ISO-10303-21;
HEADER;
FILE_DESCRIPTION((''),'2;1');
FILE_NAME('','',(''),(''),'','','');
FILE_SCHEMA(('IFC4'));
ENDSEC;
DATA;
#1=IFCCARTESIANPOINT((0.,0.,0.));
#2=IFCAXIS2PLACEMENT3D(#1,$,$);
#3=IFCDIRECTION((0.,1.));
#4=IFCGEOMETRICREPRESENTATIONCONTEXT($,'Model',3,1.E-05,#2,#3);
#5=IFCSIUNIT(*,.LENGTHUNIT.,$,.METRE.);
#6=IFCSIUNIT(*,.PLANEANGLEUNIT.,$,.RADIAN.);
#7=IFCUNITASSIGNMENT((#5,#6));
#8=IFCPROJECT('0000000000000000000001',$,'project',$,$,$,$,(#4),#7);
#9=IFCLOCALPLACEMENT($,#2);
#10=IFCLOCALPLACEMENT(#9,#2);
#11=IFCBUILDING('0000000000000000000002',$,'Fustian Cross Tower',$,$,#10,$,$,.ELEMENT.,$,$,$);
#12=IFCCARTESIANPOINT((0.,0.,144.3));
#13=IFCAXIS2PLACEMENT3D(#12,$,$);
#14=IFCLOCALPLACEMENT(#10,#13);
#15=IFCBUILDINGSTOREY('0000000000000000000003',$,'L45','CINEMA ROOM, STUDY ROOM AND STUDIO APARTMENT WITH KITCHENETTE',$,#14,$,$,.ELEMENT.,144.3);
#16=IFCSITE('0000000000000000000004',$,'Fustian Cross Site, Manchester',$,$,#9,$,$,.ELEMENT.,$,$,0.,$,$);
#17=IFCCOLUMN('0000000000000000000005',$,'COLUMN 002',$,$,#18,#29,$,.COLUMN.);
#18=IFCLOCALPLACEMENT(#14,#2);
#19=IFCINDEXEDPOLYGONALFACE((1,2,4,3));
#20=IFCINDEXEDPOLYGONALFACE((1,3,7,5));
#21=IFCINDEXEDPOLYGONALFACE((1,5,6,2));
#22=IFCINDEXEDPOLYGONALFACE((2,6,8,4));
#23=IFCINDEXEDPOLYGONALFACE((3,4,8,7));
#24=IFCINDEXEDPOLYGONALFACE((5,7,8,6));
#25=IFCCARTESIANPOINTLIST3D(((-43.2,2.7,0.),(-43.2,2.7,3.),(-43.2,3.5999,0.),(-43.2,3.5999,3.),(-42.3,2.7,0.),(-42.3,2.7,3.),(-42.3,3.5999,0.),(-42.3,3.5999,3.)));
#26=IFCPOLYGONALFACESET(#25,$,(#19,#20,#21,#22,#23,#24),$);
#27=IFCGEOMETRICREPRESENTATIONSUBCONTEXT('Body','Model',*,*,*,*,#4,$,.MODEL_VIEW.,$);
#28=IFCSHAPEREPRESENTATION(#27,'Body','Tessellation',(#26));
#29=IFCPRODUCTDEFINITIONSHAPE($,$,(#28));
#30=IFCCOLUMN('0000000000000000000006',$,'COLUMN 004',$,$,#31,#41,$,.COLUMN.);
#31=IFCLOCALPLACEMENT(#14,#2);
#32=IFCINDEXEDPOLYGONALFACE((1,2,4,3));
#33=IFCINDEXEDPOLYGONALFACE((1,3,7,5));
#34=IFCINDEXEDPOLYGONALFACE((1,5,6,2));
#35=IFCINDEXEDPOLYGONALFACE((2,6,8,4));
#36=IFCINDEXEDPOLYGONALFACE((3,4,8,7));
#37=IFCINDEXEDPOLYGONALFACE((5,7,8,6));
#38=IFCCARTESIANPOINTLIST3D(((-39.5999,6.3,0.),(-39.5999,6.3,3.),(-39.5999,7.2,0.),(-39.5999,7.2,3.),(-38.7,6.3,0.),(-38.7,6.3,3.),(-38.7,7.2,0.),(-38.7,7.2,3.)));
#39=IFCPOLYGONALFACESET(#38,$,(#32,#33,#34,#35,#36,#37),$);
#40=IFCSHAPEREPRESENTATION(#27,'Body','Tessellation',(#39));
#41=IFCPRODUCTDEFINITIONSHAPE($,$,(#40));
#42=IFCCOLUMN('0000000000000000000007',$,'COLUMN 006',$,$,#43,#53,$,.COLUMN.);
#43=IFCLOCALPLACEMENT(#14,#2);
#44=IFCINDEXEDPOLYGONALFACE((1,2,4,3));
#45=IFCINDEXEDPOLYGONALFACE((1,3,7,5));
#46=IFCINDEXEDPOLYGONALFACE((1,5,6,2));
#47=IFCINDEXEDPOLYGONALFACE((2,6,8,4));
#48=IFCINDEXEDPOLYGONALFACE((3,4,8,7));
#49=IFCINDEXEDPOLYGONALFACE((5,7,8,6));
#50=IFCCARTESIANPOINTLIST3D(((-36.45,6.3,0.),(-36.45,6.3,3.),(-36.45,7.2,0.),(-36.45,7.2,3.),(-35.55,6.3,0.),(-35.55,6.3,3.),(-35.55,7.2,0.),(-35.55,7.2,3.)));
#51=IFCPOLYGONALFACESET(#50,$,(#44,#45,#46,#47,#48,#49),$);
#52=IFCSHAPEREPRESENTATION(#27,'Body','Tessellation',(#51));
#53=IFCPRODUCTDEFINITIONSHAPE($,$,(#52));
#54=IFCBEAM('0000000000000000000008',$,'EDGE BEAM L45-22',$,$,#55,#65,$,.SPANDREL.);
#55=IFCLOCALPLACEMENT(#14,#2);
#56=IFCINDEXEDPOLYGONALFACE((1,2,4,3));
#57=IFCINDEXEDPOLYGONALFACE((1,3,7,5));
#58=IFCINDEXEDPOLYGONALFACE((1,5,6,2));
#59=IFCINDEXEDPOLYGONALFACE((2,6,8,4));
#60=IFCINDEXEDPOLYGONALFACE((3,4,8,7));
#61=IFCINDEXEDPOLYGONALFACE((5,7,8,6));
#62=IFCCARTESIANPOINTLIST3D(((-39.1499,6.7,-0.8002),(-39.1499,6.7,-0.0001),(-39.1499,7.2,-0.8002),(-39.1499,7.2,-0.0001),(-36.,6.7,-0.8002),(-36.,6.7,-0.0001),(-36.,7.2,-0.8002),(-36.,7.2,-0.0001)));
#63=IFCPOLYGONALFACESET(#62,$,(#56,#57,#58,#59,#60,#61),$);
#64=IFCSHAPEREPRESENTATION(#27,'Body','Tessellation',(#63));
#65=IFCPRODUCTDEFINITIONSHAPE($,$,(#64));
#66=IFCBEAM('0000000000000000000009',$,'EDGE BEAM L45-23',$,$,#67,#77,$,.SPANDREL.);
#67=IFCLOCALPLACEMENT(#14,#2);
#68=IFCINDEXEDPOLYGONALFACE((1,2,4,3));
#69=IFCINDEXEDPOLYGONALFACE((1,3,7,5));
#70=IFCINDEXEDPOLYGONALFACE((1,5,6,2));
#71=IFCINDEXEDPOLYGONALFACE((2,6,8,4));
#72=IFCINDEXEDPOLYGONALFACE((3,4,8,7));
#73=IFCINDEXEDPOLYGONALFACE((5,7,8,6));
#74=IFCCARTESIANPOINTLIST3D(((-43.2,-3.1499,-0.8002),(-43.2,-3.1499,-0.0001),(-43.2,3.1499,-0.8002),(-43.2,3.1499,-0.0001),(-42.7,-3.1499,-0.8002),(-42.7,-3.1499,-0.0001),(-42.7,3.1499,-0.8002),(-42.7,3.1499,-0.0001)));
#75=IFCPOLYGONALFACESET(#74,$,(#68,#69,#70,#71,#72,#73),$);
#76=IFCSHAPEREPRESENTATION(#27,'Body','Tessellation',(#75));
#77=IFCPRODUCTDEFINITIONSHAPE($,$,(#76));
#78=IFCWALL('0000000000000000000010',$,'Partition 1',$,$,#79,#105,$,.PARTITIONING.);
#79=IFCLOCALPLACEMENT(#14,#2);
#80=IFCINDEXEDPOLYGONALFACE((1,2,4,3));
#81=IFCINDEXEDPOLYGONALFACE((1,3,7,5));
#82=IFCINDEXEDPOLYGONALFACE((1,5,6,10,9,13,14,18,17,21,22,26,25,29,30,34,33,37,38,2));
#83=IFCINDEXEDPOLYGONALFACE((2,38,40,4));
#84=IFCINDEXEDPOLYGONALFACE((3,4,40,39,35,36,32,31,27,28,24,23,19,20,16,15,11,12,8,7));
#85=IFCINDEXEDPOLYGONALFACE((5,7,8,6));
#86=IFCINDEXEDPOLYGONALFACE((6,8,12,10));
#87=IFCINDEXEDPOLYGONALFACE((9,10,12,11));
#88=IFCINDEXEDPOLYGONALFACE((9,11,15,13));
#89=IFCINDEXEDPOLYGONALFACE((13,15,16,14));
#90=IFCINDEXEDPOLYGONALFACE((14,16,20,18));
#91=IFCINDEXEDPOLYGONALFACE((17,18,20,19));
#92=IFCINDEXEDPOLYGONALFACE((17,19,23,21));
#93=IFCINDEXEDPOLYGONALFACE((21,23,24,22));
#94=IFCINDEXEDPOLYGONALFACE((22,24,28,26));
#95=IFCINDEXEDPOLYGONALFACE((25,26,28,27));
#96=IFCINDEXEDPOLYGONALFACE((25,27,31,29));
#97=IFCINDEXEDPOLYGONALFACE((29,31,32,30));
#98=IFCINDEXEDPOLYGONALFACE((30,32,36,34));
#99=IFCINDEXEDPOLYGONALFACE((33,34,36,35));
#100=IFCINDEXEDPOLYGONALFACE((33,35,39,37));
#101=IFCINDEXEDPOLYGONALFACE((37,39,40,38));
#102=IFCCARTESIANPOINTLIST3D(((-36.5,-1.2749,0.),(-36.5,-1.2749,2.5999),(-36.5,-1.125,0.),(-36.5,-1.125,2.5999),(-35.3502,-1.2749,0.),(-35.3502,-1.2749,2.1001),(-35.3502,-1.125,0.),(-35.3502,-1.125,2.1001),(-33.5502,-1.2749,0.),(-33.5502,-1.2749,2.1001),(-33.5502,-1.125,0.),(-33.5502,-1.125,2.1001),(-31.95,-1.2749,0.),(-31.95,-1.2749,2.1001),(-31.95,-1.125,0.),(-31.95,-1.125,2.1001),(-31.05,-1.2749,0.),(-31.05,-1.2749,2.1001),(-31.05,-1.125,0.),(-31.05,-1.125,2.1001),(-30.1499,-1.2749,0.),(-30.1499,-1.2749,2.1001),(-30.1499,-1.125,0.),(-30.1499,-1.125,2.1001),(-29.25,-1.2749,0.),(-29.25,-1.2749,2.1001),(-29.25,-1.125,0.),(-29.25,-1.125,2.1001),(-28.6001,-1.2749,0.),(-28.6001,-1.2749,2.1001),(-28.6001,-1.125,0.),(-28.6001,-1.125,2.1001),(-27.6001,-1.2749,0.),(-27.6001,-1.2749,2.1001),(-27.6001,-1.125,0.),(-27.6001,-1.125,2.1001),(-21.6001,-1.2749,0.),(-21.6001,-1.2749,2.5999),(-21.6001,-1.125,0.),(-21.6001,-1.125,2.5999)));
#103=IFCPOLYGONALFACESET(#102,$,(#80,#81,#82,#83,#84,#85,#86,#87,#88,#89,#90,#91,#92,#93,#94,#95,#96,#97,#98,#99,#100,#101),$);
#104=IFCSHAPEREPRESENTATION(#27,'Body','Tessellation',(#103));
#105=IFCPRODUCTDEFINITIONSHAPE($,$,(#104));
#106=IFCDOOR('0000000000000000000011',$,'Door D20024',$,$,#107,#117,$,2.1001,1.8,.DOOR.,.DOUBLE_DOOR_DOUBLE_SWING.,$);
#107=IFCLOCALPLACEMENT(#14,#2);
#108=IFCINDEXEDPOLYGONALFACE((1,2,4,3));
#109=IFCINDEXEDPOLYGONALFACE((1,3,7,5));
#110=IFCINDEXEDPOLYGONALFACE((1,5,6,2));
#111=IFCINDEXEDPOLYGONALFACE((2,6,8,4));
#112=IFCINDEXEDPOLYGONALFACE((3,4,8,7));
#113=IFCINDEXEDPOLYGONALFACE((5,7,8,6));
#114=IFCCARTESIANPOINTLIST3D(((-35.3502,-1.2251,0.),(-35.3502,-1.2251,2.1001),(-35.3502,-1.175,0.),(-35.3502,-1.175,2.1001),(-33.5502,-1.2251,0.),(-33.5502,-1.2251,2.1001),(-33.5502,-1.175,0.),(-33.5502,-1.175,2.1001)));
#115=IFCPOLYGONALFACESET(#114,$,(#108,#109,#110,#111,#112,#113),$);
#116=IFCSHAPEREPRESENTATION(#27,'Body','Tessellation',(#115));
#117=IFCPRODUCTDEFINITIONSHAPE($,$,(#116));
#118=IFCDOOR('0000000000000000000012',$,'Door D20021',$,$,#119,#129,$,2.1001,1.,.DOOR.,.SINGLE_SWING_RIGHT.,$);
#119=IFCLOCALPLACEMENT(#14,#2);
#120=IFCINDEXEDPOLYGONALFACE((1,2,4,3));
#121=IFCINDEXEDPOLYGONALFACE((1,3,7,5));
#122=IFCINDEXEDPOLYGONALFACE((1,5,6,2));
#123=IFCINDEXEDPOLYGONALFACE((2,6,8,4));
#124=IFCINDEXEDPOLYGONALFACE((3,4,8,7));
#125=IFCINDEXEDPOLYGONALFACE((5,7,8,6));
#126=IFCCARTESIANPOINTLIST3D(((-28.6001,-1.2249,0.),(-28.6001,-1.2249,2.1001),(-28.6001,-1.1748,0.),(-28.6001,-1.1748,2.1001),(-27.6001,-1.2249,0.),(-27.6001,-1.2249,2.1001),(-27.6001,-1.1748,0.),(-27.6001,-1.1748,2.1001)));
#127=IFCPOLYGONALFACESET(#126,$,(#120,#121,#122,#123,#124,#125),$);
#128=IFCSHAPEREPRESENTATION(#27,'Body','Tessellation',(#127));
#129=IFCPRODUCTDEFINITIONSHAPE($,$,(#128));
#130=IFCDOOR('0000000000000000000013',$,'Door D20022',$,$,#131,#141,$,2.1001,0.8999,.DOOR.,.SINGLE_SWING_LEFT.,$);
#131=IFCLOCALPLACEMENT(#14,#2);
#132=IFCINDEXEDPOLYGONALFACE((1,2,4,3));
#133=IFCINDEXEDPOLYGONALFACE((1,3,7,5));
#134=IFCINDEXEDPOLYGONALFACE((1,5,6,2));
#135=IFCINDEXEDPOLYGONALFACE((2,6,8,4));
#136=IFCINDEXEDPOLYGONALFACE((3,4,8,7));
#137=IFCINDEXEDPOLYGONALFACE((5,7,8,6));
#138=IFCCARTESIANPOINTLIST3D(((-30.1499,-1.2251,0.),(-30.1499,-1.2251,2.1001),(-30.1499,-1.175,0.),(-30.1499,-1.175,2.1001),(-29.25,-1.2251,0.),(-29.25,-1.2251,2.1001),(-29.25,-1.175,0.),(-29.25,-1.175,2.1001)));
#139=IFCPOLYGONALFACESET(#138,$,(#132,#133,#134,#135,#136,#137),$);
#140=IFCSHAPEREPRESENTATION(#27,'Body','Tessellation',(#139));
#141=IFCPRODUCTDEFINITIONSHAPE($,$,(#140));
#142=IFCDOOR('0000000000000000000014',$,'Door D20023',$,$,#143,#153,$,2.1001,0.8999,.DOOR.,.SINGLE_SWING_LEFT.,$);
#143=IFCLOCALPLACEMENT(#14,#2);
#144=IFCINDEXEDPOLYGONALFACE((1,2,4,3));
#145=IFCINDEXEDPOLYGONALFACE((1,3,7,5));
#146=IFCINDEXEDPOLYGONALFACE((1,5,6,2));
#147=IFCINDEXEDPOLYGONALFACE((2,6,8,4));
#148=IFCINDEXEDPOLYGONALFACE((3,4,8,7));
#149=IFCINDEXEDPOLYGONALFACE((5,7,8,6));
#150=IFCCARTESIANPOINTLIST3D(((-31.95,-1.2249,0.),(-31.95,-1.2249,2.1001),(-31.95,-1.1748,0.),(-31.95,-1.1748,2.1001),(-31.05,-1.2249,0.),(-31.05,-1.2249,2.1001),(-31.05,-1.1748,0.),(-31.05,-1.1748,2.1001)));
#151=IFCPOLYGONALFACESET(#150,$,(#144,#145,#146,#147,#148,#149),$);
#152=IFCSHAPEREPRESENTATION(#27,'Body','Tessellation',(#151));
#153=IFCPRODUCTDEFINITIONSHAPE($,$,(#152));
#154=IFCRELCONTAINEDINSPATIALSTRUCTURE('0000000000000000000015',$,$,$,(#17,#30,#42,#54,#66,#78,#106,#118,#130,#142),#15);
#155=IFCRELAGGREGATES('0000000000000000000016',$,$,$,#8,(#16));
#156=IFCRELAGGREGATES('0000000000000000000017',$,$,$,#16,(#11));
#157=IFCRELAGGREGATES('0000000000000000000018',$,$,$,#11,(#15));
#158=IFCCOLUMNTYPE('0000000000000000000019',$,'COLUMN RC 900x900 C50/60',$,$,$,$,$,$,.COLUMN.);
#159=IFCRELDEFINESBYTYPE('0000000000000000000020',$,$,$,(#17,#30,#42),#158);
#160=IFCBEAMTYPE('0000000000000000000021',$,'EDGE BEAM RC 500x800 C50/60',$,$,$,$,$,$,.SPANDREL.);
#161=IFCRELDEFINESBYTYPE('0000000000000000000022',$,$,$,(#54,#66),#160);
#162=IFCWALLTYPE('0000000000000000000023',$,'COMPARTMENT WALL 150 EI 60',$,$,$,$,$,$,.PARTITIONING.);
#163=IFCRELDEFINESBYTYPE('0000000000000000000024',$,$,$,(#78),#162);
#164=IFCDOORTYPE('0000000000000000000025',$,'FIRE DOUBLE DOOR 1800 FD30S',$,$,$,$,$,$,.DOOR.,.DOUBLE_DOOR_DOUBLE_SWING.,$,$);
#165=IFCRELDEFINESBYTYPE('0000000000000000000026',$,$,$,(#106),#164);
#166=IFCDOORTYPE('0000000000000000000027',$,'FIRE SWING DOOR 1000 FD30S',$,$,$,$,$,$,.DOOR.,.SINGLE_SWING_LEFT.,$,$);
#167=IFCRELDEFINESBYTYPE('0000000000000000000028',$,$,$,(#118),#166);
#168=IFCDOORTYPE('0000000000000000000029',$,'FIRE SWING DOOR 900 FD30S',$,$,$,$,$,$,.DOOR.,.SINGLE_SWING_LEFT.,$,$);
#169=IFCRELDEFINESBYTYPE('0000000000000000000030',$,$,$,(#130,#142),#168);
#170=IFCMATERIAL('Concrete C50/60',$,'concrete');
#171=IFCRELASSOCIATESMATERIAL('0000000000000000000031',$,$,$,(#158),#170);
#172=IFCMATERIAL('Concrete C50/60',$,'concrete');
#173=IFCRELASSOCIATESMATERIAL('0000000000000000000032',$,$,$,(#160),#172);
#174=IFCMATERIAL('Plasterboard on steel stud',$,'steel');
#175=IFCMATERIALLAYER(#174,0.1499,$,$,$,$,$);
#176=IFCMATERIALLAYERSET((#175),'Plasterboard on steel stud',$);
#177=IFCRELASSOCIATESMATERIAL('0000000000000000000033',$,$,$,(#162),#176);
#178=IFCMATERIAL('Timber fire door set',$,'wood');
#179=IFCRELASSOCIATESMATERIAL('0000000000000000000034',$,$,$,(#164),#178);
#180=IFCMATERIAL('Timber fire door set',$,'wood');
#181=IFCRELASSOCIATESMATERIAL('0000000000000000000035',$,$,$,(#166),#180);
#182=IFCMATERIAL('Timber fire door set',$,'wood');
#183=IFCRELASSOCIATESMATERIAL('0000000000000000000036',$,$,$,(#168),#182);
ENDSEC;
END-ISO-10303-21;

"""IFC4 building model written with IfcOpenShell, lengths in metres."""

from ifc_helpers import new_model, si_unit, direction, frame, frame_2d, origin, origin_2d, place, context, subcontext, project, spatial, rectangle, extrude, material, layer, layer_set, material_profile, profile_set, type_object, element, fill, save


model = new_model("IFC4")

# Units and contexts
model_context = context("Model", 3, precision=1e-05, world=origin(), true_north=direction((0.0, 1.0)))
body_context = subcontext(model_context, "Body", "Model", "MODEL_VIEW")
ifc_project = project(units=[si_unit("LENGTHUNIT", "METRE"), si_unit("PLANEANGLEUNIT", "RADIAN")], contexts=[model_context])

# Site, building, storey
site_placement = place(None, origin())
site = spatial("IfcSite", under=ifc_project, at=site_placement, Name="Fustian Cross Site, Manchester", CompositionType="ELEMENT", RefElevation=0.0)
building_placement = place(site_placement, origin())
building = spatial("IfcBuilding", under=site, at=building_placement, Name="Fustian Cross Tower", CompositionType="ELEMENT")
storey_placement = place(building_placement, frame((0.0, 0.0, 144.3)))
storey = spatial("IfcBuildingStorey", under=building, at=storey_placement, Name="L45", Description="CINEMA ROOM, STUDY ROOM AND STUDIO APARTMENT WITH KITCHENETTE", CompositionType="ELEMENT", Elevation=144.3)

# Columns
ifc_material_1 = material(Name="Concrete C50/60", Category="concrete")
ifc_material_profile_1 = material_profile(ifc_material_1, rectangle(XDim=0.8999, YDim=0.8999, at=origin_2d()), Name="RC 900x900")
ifc_profile_set_1 = profile_set([ifc_material_profile_1], Name="Concrete C50/60")
column_type = type_object("IfcColumnType", Name="COLUMN RC 900x900 C50/60", PredefinedType="COLUMN", material=ifc_profile_set_1)
for number, where, z_axis, x_axis, name in (
    (1, (-42.75, 3.1499, 0.0), (0.0, 0.0, 1.0), (1.0, 0.0, 0.0), "COLUMN 002"),
    (2, (-39.1499, 6.75, 0.0), (0.0, 0.0, 1.0), (1.0, 0.0, 0.0), "COLUMN 004"),
    (3, (-36.0, 6.75, 0.0), (0.0, 0.0, 1.0), (1.0, 0.0, 0.0), "COLUMN 006"),
):
    element("IfcColumn", number, at=place(storey_placement, frame(where, z_axis=z_axis, x_axis=x_axis)), inside=storey, type_object=column_type, Name=name, PredefinedType="COLUMN", context=body_context, shape_type="SweptSolid", body=[
        extrude(rectangle(XDim=0.8999, YDim=0.8999, at=origin_2d()), origin(), (0.0, 0.0, 1.0), 3.0),
    ])

# Beams
ifc_material_2 = material(Name="Concrete C50/60", Category="concrete")
ifc_material_profile_2 = material_profile(ifc_material_2, rectangle(XDim=0.5, YDim=0.8, at=origin_2d()), Name="RC 500x800")
ifc_profile_set_2 = profile_set([ifc_material_profile_2], Name="Concrete C50/60")
beam_type = type_object("IfcBeamType", Name="EDGE BEAM RC 500x800 C50/60", PredefinedType="SPANDREL", material=ifc_profile_set_2)
beam_1_placement = place(storey_placement, frame((-36.0, 6.95, -0.4001), z_axis=(-1.0, 0.0, 0.0), x_axis=(0.0, -1.0, 0.0)))
element("IfcBeam", 4, at=beam_1_placement, inside=storey, type_object=beam_type, Name="EDGE BEAM L45-22", PredefinedType="SPANDREL", context=body_context, shape_type="SweptSolid", body=[
    extrude(rectangle(XDim=0.5, YDim=0.8, at=origin_2d()), origin(), (0.0, 0.0, 1.0), 3.1499),
])
beam_2_placement = place(storey_placement, frame((-42.95, 3.1499, -0.4001), z_axis=(0.0, -1.0, 0.0), x_axis=(1.0, 0.0, 0.0)))
element("IfcBeam", 5, at=beam_2_placement, inside=storey, type_object=beam_type, Name="EDGE BEAM L45-23", PredefinedType="SPANDREL", context=body_context, shape_type="SweptSolid", body=[
    extrude(rectangle(XDim=0.5, YDim=0.8, at=origin_2d()), origin(), (0.0, 0.0, 1.0), 6.2998),
])

# Wall, openings, doors
ifc_material_3 = material(Name="Plasterboard on steel stud", Category="steel")
ifc_layer_1 = layer(ifc_material_3, 0.1499)
ifc_layer_set_1 = layer_set([ifc_layer_1], Name="Plasterboard on steel stud")
wall_type_1 = type_object("IfcWallType", Name="COMPARTMENT WALL 150 EI 60", PredefinedType="PARTITIONING", material=ifc_layer_set_1)
wall_1_placement = place(storey_placement, frame((-36.5, -1.2, 0.0), z_axis=(0.0, 0.0, 1.0), x_axis=(1.0, 0.0, 0.0)))
wall_1 = element("IfcWall", 6, at=wall_1_placement, inside=storey, type_object=wall_type_1, Name="Partition 1", PredefinedType="PARTITIONING", context=body_context, shape_type="SweptSolid", body=[
    extrude(rectangle(XDim=14.8999, YDim=0.1499, at=frame_2d((7.45, 0.0))), origin(), (0.0, 0.0, 1.0), 2.5999),
])
opening_1_placement = place(wall_1_placement, frame((7.8999, 0.0, 0.0)))
opening_1 = element("IfcOpeningElement", 7, at=opening_1_placement, cuts=wall_1, PredefinedType="OPENING", context=body_context, shape_type="SweptSolid", body=[
    extrude(rectangle(XDim=1.0, YDim=2.1001, at=frame_2d((0.5, 1.05))), frame((0.0, 0.085, 0.0), z_axis=(0.0, -1.0, 0.0), x_axis=(1.0, 0.0, 0.0)), (0.0, 0.0, 1.0), 0.1699),
])
opening_2_placement = place(wall_1_placement, frame((6.3501, 0.0, 0.0)))
opening_2 = element("IfcOpeningElement", 8, at=opening_2_placement, cuts=wall_1, PredefinedType="OPENING", context=body_context, shape_type="SweptSolid", body=[
    extrude(rectangle(XDim=0.8999, YDim=2.1001, at=frame_2d((0.45, 1.05))), frame((0.0, 0.085, 0.0), z_axis=(0.0, -1.0, 0.0), x_axis=(1.0, 0.0, 0.0)), (0.0, 0.0, 1.0), 0.1699),
])
opening_3_placement = place(wall_1_placement, frame((4.55, 0.0, 0.0)))
opening_3 = element("IfcOpeningElement", 9, at=opening_3_placement, cuts=wall_1, PredefinedType="OPENING", context=body_context, shape_type="SweptSolid", body=[
    extrude(rectangle(XDim=0.8999, YDim=2.1001, at=frame_2d((0.45, 1.05))), frame((0.0, 0.085, 0.0), z_axis=(0.0, -1.0, 0.0), x_axis=(1.0, 0.0, 0.0)), (0.0, 0.0, 1.0), 0.1699),
])
opening_4_placement = place(wall_1_placement, frame((1.1499, 0.0, 0.0)))
opening_4 = element("IfcOpeningElement", 10, at=opening_4_placement, cuts=wall_1, PredefinedType="OPENING", context=body_context, shape_type="SweptSolid", body=[
    extrude(rectangle(XDim=1.8, YDim=2.1001, at=frame_2d((0.8999, 1.05))), frame((0.0, 0.085, 0.0), z_axis=(0.0, -1.0, 0.0), x_axis=(1.0, 0.0, 0.0)), (0.0, 0.0, 1.0), 0.1699),
])
ifc_material_4 = material(Name="Timber fire door set", Category="wood")
door_type_1 = type_object("IfcDoorType", Name="FIRE DOUBLE DOOR 1800 FD30S", OperationType="DOUBLE_DOOR_DOUBLE_SWING", PredefinedType="DOOR", material=ifc_material_4)
door_1_placement = place(opening_4_placement, origin())
door_1 = element("IfcDoor", 11, at=door_1_placement, inside=storey, type_object=door_type_1, Name="Door D20024", OperationType="DOUBLE_DOOR_DOUBLE_SWING", OverallHeight=2.1001, OverallWidth=1.8, PredefinedType="DOOR", context=body_context, shape_type="SweptSolid", body=[
    extrude(rectangle(XDim=1.8, YDim=2.1001, at=frame_2d((0.8999, 1.05))), frame((0.0, 0.0249, 0.0), z_axis=(0.0, -1.0, 0.0), x_axis=(1.0, 0.0, 0.0)), (0.0, 0.0, 1.0), 0.05),
])
fill(opening_4, door_1)
ifc_material_5 = material(Name="Timber fire door set", Category="wood")
door_type_2 = type_object("IfcDoorType", Name="FIRE SWING DOOR 1000 FD30S", OperationType="SINGLE_SWING_LEFT", PredefinedType="DOOR", material=ifc_material_5)
door_2_placement = place(opening_1_placement, frame((1.0, 0.0, 0.0), z_axis=(0.0, 0.0, 1.0), x_axis=(-1.0, 0.0, 0.0)))
door_2 = element("IfcDoor", 12, at=door_2_placement, inside=storey, type_object=door_type_2, Name="Door D20021", OperationType="SINGLE_SWING_RIGHT", OverallHeight=2.1001, OverallWidth=1.0, PredefinedType="DOOR", context=body_context, shape_type="SweptSolid", body=[
    extrude(rectangle(XDim=1.0, YDim=2.1001, at=frame_2d((0.5, 1.05))), frame((0.0, 0.0249, 0.0), z_axis=(0.0, -1.0, 0.0), x_axis=(1.0, 0.0, 0.0)), (0.0, 0.0, 1.0), 0.05),
])
fill(opening_1, door_2)
ifc_material_6 = material(Name="Timber fire door set", Category="wood")
door_type_3 = type_object("IfcDoorType", Name="FIRE SWING DOOR 900 FD30S", OperationType="SINGLE_SWING_LEFT", PredefinedType="DOOR", material=ifc_material_6)
door_3_placement = place(opening_2_placement, origin())
door_3 = element("IfcDoor", 13, at=door_3_placement, inside=storey, type_object=door_type_3, Name="Door D20022", OperationType="SINGLE_SWING_LEFT", OverallHeight=2.1001, OverallWidth=0.8999, PredefinedType="DOOR", context=body_context, shape_type="SweptSolid", body=[
    extrude(rectangle(XDim=0.8999, YDim=2.1001, at=frame_2d((0.45, 1.05))), frame((0.0, 0.0249, 0.0), z_axis=(0.0, -1.0, 0.0), x_axis=(1.0, 0.0, 0.0)), (0.0, 0.0, 1.0), 0.05),
])
fill(opening_2, door_3)
door_4_placement = place(opening_3_placement, frame((0.8999, 0.0, 0.0), z_axis=(0.0, 0.0, 1.0), x_axis=(-1.0, 0.0, 0.0)))
door_4 = element("IfcDoor", 14, at=door_4_placement, inside=storey, type_object=door_type_3, Name="Door D20023", OperationType="SINGLE_SWING_LEFT", OverallHeight=2.1001, OverallWidth=0.8999, PredefinedType="DOOR", context=body_context, shape_type="SweptSolid", body=[
    extrude(rectangle(XDim=0.8999, YDim=2.1001, at=frame_2d((0.45, 1.05))), frame((0.0, 0.0249, 0.0), z_axis=(0.0, -1.0, 0.0), x_axis=(1.0, 0.0, 0.0)), (0.0, 0.0, 1.0), 0.05),
])
fill(opening_3, door_4)

save(model, "model.ifc")
